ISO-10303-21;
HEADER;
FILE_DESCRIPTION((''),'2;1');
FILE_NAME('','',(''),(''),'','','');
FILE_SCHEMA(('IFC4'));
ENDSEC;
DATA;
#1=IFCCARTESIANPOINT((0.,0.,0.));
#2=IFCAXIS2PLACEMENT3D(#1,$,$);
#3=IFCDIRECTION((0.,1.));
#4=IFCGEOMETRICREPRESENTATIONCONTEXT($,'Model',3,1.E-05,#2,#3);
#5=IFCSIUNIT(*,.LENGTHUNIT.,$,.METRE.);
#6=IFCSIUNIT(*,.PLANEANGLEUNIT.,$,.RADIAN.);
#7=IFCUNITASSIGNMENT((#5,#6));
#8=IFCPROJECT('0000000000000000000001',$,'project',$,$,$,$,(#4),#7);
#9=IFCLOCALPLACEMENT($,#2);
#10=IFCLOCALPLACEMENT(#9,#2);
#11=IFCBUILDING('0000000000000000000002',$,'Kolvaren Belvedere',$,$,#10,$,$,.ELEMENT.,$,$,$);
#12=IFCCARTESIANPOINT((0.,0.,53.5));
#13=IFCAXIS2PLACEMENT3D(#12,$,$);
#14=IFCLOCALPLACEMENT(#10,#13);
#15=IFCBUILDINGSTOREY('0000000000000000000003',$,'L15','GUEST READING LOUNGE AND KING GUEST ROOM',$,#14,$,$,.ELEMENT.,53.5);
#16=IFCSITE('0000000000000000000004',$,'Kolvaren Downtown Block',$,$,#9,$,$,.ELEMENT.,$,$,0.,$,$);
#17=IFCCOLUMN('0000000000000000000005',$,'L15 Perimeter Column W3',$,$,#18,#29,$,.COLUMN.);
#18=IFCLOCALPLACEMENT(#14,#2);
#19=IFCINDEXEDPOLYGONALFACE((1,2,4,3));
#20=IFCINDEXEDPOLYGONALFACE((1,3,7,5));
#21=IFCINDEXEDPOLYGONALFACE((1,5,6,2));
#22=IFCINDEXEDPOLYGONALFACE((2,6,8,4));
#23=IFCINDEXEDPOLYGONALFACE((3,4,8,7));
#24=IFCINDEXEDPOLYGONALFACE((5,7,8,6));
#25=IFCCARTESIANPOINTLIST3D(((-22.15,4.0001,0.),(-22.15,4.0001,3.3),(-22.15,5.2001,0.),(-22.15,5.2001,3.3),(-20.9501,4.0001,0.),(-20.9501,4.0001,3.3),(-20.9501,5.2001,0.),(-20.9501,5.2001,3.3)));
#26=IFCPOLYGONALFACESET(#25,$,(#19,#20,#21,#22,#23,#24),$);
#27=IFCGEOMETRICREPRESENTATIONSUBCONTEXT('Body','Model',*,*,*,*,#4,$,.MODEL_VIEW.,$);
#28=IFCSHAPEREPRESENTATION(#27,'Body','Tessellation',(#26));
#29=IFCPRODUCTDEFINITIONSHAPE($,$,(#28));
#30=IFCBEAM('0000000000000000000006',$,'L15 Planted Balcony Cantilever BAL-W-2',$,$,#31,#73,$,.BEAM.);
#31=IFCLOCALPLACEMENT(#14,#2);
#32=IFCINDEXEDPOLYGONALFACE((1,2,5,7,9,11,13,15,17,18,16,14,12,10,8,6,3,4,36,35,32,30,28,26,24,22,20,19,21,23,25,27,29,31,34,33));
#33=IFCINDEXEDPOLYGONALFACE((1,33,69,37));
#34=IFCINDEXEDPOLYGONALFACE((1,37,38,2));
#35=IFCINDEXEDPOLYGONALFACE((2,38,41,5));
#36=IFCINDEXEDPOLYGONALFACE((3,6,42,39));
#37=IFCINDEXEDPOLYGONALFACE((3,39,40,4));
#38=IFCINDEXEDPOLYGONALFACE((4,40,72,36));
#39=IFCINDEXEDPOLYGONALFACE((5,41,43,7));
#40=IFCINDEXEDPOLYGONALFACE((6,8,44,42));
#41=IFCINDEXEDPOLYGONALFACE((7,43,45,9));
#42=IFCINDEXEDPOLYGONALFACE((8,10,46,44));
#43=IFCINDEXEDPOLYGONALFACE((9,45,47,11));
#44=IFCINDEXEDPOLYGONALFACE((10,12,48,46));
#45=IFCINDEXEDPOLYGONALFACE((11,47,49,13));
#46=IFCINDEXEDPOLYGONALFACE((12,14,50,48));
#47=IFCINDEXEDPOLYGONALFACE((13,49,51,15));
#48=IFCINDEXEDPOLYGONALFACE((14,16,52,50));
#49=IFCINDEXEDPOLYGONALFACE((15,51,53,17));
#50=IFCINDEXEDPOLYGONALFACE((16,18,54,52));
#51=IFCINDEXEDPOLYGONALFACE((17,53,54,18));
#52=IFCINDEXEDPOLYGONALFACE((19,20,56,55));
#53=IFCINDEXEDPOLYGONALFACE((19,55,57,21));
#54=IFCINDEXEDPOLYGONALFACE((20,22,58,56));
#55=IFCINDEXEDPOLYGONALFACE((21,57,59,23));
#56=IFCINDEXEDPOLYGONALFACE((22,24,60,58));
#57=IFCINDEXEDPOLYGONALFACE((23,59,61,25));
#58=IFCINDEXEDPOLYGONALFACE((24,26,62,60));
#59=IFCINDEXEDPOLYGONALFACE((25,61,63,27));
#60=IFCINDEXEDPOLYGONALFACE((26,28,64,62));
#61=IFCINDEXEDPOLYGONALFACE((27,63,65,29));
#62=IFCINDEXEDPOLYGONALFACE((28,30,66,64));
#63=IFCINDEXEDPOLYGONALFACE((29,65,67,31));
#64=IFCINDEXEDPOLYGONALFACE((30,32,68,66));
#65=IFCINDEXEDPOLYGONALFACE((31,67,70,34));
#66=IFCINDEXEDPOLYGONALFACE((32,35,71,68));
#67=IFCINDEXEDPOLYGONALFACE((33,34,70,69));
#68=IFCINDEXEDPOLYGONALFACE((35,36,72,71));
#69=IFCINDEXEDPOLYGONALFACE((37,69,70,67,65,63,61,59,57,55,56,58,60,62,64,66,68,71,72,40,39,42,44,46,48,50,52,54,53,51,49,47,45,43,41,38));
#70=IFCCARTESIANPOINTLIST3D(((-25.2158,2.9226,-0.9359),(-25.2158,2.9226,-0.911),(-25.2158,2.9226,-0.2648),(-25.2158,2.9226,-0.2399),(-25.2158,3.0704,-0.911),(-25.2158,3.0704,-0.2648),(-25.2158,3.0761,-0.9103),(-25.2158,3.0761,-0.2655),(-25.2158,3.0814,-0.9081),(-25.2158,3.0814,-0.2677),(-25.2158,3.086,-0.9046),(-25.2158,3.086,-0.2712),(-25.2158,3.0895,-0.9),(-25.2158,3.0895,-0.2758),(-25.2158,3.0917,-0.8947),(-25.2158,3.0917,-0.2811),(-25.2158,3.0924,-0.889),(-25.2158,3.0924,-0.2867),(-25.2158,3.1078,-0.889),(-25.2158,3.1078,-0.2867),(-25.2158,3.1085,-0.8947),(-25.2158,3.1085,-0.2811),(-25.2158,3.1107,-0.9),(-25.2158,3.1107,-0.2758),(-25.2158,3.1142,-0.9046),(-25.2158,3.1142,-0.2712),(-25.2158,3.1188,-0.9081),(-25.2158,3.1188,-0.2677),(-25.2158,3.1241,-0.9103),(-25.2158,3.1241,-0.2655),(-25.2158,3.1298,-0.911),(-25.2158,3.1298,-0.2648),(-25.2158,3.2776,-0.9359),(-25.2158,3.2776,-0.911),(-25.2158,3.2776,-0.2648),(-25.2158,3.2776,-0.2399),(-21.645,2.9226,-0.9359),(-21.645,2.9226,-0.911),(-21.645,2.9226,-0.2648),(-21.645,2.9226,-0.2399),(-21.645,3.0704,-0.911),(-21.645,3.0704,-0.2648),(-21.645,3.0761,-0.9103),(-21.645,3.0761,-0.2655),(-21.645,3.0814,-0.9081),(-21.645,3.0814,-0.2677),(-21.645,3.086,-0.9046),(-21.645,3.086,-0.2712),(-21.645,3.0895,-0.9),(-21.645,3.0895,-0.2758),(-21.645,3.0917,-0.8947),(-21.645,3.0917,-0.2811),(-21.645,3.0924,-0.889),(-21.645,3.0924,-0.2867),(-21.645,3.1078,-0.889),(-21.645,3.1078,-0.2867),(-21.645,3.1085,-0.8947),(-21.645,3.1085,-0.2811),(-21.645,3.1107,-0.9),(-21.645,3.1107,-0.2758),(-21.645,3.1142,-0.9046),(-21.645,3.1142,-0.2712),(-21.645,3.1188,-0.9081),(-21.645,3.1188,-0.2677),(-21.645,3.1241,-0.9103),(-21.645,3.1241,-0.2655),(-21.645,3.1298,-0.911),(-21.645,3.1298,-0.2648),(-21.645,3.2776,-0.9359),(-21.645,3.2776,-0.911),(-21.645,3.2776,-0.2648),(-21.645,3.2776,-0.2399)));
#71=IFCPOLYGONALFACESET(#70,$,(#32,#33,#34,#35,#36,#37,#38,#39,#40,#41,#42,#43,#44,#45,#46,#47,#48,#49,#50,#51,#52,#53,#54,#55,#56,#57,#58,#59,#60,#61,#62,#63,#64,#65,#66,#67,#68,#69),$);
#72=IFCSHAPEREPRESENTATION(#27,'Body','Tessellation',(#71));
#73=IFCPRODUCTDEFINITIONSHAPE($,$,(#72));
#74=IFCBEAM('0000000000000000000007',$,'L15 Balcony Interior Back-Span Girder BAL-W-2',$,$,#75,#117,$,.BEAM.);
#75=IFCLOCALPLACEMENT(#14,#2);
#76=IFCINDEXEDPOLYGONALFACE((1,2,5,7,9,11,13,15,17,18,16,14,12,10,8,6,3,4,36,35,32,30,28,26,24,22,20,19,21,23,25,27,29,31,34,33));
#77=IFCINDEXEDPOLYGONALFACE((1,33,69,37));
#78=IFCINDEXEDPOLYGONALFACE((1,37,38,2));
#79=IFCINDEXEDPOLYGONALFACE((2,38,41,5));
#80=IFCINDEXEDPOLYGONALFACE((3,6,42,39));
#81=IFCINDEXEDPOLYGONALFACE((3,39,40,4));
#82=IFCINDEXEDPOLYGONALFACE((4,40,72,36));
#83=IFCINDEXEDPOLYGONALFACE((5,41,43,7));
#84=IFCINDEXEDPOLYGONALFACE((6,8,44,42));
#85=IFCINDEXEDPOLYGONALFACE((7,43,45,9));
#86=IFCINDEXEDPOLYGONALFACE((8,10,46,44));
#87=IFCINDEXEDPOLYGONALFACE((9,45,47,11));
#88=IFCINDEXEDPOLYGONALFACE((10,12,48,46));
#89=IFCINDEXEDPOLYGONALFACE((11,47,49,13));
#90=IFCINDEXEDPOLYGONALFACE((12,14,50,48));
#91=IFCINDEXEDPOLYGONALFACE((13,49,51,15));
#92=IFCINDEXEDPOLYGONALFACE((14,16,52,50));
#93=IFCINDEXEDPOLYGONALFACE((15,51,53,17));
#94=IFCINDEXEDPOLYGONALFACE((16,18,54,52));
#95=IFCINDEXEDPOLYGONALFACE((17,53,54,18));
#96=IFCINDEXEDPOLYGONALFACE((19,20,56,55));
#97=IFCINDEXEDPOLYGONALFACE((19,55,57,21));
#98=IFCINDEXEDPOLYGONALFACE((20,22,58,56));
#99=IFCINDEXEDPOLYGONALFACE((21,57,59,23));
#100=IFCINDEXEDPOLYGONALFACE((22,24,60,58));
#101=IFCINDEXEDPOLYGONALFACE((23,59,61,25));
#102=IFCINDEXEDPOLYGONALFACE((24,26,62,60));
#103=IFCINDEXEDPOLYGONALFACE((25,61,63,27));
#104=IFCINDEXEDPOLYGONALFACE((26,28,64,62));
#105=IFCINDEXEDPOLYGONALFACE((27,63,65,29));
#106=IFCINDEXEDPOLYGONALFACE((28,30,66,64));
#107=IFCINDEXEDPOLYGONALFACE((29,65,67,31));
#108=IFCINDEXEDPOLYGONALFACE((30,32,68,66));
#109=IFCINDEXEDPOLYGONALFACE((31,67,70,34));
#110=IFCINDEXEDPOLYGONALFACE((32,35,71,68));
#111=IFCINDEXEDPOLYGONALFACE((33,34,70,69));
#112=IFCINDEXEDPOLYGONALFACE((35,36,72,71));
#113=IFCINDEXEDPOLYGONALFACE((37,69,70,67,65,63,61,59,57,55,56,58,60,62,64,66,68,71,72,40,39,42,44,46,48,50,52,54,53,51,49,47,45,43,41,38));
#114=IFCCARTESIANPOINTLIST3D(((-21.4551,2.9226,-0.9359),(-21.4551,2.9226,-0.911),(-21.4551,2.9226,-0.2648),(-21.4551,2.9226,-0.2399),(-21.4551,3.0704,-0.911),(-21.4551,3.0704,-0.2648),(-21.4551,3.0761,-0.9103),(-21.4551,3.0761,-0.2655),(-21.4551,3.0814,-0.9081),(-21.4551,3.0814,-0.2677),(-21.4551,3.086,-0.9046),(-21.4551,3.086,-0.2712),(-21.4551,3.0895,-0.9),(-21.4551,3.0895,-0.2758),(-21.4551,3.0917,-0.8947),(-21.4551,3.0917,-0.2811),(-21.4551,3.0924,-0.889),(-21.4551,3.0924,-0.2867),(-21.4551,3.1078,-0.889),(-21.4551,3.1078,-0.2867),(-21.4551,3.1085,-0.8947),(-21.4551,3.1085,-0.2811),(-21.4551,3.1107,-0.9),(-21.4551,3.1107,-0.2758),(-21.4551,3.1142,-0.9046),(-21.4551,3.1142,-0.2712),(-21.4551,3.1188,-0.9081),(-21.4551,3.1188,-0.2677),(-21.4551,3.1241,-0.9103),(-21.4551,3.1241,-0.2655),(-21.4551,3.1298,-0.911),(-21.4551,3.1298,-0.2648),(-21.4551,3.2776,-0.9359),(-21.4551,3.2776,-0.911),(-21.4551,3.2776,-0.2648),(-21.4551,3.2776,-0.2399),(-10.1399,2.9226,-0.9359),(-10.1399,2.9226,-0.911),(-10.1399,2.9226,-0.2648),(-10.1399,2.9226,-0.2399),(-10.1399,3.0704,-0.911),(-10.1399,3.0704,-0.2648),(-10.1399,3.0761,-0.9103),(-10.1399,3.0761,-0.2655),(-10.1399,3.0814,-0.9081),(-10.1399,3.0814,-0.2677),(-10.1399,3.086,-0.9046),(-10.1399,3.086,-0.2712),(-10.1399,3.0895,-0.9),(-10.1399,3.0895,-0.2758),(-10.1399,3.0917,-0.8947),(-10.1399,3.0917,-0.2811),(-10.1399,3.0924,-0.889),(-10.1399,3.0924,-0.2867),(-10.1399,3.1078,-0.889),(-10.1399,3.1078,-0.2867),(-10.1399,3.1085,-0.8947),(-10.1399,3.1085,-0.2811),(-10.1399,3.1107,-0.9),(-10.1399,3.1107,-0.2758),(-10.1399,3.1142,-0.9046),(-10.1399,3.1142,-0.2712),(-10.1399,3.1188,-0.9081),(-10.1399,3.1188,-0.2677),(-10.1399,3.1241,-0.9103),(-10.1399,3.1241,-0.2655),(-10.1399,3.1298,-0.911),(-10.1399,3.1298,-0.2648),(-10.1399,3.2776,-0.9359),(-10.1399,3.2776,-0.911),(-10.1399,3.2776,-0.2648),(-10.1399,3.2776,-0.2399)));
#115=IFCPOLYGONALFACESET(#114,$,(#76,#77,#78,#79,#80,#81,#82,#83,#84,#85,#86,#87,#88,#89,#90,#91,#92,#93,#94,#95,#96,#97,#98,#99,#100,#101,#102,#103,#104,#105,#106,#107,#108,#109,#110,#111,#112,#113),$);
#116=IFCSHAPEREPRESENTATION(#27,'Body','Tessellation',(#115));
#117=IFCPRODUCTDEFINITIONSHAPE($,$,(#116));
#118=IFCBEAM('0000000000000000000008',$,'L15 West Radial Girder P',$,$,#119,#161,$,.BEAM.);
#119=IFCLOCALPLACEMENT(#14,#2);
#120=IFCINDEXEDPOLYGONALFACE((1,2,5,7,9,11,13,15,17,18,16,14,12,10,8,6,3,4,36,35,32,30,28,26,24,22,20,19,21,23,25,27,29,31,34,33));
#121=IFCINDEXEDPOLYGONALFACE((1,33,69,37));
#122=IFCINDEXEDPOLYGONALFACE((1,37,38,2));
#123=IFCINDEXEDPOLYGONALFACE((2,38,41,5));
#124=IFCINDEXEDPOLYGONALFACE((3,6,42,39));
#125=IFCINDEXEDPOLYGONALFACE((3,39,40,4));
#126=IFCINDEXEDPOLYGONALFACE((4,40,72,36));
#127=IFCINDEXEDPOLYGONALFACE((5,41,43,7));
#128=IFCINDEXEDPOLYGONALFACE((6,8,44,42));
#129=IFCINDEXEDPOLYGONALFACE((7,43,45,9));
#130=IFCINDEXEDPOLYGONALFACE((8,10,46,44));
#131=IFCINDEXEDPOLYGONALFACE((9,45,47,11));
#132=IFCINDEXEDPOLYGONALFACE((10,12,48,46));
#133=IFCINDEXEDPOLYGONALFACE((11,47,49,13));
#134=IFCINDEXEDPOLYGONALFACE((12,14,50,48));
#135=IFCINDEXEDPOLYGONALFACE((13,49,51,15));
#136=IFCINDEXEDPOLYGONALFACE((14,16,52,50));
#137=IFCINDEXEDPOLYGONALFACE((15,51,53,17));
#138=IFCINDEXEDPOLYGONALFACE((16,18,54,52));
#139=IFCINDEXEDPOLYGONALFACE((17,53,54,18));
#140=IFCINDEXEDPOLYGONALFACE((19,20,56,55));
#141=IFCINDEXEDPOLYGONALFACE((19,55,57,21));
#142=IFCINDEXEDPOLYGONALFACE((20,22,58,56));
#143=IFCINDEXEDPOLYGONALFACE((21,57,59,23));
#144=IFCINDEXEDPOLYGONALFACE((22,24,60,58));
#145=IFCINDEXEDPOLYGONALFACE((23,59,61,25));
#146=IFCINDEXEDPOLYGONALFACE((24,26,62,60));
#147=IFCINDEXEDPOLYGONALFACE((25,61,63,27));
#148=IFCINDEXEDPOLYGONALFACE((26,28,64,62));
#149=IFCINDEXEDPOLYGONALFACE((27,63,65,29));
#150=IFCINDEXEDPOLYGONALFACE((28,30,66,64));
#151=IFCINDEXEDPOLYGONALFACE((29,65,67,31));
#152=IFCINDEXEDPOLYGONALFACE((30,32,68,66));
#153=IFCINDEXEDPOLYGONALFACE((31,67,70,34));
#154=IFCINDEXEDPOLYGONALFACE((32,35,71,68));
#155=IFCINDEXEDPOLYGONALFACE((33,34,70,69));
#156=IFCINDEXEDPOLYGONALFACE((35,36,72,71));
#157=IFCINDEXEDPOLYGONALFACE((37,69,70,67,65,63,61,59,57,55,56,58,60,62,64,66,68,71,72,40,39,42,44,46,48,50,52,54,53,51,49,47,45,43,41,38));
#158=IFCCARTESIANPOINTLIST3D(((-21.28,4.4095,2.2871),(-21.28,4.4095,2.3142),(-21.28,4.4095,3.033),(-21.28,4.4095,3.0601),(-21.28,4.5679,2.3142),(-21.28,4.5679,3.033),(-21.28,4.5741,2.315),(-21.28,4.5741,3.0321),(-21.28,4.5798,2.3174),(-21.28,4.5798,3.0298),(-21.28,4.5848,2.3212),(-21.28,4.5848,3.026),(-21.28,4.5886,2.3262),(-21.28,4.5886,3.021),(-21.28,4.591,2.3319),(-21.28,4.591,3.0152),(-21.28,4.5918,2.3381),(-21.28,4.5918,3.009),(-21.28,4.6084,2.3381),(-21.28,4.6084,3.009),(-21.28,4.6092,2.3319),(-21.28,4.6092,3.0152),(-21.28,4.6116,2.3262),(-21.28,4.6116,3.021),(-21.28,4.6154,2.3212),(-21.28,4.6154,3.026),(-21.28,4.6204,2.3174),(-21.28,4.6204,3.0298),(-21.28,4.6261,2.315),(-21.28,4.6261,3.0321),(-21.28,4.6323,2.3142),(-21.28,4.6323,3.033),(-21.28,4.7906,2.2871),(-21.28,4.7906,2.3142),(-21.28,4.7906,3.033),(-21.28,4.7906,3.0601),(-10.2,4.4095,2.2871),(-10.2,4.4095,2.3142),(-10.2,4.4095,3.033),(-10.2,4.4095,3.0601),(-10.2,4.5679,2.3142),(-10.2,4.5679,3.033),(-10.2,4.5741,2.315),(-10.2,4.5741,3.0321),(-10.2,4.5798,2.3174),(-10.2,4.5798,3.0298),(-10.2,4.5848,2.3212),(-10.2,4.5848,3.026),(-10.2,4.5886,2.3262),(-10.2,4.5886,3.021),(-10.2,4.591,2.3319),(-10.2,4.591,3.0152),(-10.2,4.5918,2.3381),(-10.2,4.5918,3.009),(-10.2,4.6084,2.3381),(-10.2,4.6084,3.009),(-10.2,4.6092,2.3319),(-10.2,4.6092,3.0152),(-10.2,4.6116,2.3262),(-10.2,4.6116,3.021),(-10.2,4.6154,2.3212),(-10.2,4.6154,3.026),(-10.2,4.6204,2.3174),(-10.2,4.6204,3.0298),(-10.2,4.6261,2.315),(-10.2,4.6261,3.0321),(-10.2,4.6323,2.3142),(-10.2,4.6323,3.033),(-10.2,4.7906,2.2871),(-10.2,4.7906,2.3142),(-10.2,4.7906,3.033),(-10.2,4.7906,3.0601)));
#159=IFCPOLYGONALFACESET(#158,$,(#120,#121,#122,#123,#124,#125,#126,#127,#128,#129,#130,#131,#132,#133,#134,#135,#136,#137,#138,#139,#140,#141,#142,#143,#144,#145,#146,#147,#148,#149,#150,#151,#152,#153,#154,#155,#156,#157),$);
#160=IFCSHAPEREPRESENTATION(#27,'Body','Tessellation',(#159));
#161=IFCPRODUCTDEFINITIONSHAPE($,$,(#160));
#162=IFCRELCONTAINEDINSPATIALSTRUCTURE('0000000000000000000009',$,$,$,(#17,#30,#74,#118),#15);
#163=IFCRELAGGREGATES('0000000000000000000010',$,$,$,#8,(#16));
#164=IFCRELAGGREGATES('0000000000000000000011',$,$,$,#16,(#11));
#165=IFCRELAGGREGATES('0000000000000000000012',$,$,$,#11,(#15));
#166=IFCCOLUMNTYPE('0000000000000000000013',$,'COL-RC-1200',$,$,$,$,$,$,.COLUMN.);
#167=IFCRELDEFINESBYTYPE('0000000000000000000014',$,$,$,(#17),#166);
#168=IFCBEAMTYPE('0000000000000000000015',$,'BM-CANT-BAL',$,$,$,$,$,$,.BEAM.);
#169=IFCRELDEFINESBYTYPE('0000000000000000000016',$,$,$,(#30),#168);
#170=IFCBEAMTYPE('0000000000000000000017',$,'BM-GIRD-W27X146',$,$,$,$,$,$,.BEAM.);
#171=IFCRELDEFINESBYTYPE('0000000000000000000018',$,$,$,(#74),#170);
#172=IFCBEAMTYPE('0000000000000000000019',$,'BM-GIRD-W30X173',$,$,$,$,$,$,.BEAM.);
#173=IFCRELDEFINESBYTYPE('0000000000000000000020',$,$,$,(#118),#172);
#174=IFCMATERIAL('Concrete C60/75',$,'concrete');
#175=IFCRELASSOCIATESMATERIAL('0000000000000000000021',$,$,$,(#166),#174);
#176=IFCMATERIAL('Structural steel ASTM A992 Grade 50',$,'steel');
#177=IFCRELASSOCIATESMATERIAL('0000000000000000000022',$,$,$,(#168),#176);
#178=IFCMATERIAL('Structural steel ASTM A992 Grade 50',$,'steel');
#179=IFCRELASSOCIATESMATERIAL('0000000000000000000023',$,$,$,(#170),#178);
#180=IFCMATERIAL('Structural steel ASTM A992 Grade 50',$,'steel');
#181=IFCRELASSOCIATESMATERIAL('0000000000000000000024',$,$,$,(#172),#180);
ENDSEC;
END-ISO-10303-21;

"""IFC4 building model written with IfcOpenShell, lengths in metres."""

from ifc_helpers import new_model, si_unit, direction, frame, origin, origin_2d, place, context, subcontext, project, spatial, rectangle, i_section, extrude, material, material_profile, profile_set, type_object, element, save


model = new_model("IFC4")

# Units and contexts
model_context = context("Model", 3, precision=1e-05, world=origin(), true_north=direction((0.0, 1.0)))
body_context = subcontext(model_context, "Body", "Model", "MODEL_VIEW")
ifc_project = project(units=[si_unit("LENGTHUNIT", "METRE"), si_unit("PLANEANGLEUNIT", "RADIAN")], contexts=[model_context])

# Site, building, storey
site_placement = place(None, origin())
site = spatial("IfcSite", under=ifc_project, at=site_placement, Name="Kolvaren Downtown Block", CompositionType="ELEMENT", RefElevation=0.0)
building_placement = place(site_placement, origin())
building = spatial("IfcBuilding", under=site, at=building_placement, Name="Kolvaren Belvedere", CompositionType="ELEMENT")
storey_placement = place(building_placement, frame((0.0, 0.0, 53.5)))
storey = spatial("IfcBuildingStorey", under=building, at=storey_placement, Name="L15", Description="GUEST READING LOUNGE AND KING GUEST ROOM", CompositionType="ELEMENT", Elevation=53.5)

# Column
ifc_material_1 = material(Name="Concrete C60/75", Category="concrete")
ifc_material_profile_1 = material_profile(ifc_material_1, rectangle(XDim=1.2, YDim=1.2, at=origin_2d()), Name="RC 1200X1200")
ifc_profile_set_1 = profile_set([ifc_material_profile_1], Name="Concrete C60/75")
column_type = type_object("IfcColumnType", Name="COL-RC-1200", PredefinedType="COLUMN", material=ifc_profile_set_1)
column_placement = place(storey_placement, frame((-21.55, 4.6001, 0.0), z_axis=(0.0, 0.0, 1.0), x_axis=(1.0, 0.0, 0.0)))
element("IfcColumn", 1, at=column_placement, inside=storey, type_object=column_type, Name="L15 Perimeter Column W3", PredefinedType="COLUMN", context=body_context, shape_type="SweptSolid", body=[
    extrude(rectangle(XDim=1.2, YDim=1.2, at=origin_2d()), origin(), (0.0, 0.0, 1.0), 3.3),
])

# Beams
ifc_material_2 = material(Name="Structural steel ASTM A992 Grade 50", Category="steel")
ifc_material_profile_2 = material_profile(ifc_material_2, i_section(OverallWidth=0.355, OverallDepth=0.696, WebThickness=0.0154, FlangeThickness=0.0249, FilletRadius=0.022, at=origin_2d()), Name="W27X146")
ifc_profile_set_2 = profile_set([ifc_material_profile_2], Name="Structural steel ASTM A992 Grade 50")
beam_type_1 = type_object("IfcBeamType", Name="BM-CANT-BAL", PredefinedType="BEAM", material=ifc_profile_set_2)
beam_1_placement = place(storey_placement, frame((-21.645, 3.1001, -0.5879), z_axis=(-1.0, 0.0, 0.0), x_axis=(0.0, -1.0, 0.0)))
element("IfcBeam", 2, at=beam_1_placement, inside=storey, type_object=beam_type_1, Name="L15 Planted Balcony Cantilever BAL-W-2", PredefinedType="BEAM", context=body_context, shape_type="SweptSolid", body=[
    extrude(i_section(OverallWidth=0.355, OverallDepth=0.696, WebThickness=0.0154, FlangeThickness=0.0249, FilletRadius=0.022, at=origin_2d()), origin(), (0.0, 0.0, 1.0), 3.5708),
])
ifc_material_3 = material(Name="Structural steel ASTM A992 Grade 50", Category="steel")
ifc_material_profile_3 = material_profile(ifc_material_3, i_section(OverallWidth=0.355, OverallDepth=0.696, WebThickness=0.0154, FlangeThickness=0.0249, FilletRadius=0.022, at=origin_2d()), Name="W27X146")
ifc_profile_set_3 = profile_set([ifc_material_profile_3], Name="Structural steel ASTM A992 Grade 50")
beam_type_2 = type_object("IfcBeamType", Name="BM-GIRD-W27X146", PredefinedType="BEAM", material=ifc_profile_set_3)
beam_2_placement = place(storey_placement, frame((-10.1399, 3.1001, -0.5879), z_axis=(-1.0, 0.0, 0.0), x_axis=(0.0, -1.0, 0.0)))
element("IfcBeam", 3, at=beam_2_placement, inside=storey, type_object=beam_type_2, Name="L15 Balcony Interior Back-Span Girder BAL-W-2", PredefinedType="BEAM", context=body_context, shape_type="SweptSolid", body=[
    extrude(i_section(OverallWidth=0.355, OverallDepth=0.696, WebThickness=0.0154, FlangeThickness=0.0249, FilletRadius=0.022, at=origin_2d()), origin(), (0.0, 0.0, 1.0), 11.3152),
])
ifc_material_4 = material(Name="Structural steel ASTM A992 Grade 50", Category="steel")
ifc_material_profile_4 = material_profile(ifc_material_4, i_section(OverallWidth=0.3811, OverallDepth=0.7729, WebThickness=0.0166, FlangeThickness=0.0271, FilletRadius=0.0239, at=origin_2d()), Name="W30X173")
ifc_profile_set_4 = profile_set([ifc_material_profile_4], Name="Structural steel ASTM A992 Grade 50")
beam_type_3 = type_object("IfcBeamType", Name="BM-GIRD-W30X173", PredefinedType="BEAM", material=ifc_profile_set_4)
beam_3_placement = place(storey_placement, frame((-10.2, 4.6001, 2.6736), z_axis=(-1.0, 0.0, 0.0), x_axis=(0.0, -1.0, 0.0)))
element("IfcBeam", 4, at=beam_3_placement, inside=storey, type_object=beam_type_3, Name="L15 West Radial Girder P", PredefinedType="BEAM", context=body_context, shape_type="SweptSolid", body=[
    extrude(i_section(OverallWidth=0.3811, OverallDepth=0.7729, WebThickness=0.0166, FlangeThickness=0.0271, FilletRadius=0.0239, at=origin_2d()), origin(), (0.0, 0.0, 1.0), 11.0801),
])

save(model, "model.ifc")
